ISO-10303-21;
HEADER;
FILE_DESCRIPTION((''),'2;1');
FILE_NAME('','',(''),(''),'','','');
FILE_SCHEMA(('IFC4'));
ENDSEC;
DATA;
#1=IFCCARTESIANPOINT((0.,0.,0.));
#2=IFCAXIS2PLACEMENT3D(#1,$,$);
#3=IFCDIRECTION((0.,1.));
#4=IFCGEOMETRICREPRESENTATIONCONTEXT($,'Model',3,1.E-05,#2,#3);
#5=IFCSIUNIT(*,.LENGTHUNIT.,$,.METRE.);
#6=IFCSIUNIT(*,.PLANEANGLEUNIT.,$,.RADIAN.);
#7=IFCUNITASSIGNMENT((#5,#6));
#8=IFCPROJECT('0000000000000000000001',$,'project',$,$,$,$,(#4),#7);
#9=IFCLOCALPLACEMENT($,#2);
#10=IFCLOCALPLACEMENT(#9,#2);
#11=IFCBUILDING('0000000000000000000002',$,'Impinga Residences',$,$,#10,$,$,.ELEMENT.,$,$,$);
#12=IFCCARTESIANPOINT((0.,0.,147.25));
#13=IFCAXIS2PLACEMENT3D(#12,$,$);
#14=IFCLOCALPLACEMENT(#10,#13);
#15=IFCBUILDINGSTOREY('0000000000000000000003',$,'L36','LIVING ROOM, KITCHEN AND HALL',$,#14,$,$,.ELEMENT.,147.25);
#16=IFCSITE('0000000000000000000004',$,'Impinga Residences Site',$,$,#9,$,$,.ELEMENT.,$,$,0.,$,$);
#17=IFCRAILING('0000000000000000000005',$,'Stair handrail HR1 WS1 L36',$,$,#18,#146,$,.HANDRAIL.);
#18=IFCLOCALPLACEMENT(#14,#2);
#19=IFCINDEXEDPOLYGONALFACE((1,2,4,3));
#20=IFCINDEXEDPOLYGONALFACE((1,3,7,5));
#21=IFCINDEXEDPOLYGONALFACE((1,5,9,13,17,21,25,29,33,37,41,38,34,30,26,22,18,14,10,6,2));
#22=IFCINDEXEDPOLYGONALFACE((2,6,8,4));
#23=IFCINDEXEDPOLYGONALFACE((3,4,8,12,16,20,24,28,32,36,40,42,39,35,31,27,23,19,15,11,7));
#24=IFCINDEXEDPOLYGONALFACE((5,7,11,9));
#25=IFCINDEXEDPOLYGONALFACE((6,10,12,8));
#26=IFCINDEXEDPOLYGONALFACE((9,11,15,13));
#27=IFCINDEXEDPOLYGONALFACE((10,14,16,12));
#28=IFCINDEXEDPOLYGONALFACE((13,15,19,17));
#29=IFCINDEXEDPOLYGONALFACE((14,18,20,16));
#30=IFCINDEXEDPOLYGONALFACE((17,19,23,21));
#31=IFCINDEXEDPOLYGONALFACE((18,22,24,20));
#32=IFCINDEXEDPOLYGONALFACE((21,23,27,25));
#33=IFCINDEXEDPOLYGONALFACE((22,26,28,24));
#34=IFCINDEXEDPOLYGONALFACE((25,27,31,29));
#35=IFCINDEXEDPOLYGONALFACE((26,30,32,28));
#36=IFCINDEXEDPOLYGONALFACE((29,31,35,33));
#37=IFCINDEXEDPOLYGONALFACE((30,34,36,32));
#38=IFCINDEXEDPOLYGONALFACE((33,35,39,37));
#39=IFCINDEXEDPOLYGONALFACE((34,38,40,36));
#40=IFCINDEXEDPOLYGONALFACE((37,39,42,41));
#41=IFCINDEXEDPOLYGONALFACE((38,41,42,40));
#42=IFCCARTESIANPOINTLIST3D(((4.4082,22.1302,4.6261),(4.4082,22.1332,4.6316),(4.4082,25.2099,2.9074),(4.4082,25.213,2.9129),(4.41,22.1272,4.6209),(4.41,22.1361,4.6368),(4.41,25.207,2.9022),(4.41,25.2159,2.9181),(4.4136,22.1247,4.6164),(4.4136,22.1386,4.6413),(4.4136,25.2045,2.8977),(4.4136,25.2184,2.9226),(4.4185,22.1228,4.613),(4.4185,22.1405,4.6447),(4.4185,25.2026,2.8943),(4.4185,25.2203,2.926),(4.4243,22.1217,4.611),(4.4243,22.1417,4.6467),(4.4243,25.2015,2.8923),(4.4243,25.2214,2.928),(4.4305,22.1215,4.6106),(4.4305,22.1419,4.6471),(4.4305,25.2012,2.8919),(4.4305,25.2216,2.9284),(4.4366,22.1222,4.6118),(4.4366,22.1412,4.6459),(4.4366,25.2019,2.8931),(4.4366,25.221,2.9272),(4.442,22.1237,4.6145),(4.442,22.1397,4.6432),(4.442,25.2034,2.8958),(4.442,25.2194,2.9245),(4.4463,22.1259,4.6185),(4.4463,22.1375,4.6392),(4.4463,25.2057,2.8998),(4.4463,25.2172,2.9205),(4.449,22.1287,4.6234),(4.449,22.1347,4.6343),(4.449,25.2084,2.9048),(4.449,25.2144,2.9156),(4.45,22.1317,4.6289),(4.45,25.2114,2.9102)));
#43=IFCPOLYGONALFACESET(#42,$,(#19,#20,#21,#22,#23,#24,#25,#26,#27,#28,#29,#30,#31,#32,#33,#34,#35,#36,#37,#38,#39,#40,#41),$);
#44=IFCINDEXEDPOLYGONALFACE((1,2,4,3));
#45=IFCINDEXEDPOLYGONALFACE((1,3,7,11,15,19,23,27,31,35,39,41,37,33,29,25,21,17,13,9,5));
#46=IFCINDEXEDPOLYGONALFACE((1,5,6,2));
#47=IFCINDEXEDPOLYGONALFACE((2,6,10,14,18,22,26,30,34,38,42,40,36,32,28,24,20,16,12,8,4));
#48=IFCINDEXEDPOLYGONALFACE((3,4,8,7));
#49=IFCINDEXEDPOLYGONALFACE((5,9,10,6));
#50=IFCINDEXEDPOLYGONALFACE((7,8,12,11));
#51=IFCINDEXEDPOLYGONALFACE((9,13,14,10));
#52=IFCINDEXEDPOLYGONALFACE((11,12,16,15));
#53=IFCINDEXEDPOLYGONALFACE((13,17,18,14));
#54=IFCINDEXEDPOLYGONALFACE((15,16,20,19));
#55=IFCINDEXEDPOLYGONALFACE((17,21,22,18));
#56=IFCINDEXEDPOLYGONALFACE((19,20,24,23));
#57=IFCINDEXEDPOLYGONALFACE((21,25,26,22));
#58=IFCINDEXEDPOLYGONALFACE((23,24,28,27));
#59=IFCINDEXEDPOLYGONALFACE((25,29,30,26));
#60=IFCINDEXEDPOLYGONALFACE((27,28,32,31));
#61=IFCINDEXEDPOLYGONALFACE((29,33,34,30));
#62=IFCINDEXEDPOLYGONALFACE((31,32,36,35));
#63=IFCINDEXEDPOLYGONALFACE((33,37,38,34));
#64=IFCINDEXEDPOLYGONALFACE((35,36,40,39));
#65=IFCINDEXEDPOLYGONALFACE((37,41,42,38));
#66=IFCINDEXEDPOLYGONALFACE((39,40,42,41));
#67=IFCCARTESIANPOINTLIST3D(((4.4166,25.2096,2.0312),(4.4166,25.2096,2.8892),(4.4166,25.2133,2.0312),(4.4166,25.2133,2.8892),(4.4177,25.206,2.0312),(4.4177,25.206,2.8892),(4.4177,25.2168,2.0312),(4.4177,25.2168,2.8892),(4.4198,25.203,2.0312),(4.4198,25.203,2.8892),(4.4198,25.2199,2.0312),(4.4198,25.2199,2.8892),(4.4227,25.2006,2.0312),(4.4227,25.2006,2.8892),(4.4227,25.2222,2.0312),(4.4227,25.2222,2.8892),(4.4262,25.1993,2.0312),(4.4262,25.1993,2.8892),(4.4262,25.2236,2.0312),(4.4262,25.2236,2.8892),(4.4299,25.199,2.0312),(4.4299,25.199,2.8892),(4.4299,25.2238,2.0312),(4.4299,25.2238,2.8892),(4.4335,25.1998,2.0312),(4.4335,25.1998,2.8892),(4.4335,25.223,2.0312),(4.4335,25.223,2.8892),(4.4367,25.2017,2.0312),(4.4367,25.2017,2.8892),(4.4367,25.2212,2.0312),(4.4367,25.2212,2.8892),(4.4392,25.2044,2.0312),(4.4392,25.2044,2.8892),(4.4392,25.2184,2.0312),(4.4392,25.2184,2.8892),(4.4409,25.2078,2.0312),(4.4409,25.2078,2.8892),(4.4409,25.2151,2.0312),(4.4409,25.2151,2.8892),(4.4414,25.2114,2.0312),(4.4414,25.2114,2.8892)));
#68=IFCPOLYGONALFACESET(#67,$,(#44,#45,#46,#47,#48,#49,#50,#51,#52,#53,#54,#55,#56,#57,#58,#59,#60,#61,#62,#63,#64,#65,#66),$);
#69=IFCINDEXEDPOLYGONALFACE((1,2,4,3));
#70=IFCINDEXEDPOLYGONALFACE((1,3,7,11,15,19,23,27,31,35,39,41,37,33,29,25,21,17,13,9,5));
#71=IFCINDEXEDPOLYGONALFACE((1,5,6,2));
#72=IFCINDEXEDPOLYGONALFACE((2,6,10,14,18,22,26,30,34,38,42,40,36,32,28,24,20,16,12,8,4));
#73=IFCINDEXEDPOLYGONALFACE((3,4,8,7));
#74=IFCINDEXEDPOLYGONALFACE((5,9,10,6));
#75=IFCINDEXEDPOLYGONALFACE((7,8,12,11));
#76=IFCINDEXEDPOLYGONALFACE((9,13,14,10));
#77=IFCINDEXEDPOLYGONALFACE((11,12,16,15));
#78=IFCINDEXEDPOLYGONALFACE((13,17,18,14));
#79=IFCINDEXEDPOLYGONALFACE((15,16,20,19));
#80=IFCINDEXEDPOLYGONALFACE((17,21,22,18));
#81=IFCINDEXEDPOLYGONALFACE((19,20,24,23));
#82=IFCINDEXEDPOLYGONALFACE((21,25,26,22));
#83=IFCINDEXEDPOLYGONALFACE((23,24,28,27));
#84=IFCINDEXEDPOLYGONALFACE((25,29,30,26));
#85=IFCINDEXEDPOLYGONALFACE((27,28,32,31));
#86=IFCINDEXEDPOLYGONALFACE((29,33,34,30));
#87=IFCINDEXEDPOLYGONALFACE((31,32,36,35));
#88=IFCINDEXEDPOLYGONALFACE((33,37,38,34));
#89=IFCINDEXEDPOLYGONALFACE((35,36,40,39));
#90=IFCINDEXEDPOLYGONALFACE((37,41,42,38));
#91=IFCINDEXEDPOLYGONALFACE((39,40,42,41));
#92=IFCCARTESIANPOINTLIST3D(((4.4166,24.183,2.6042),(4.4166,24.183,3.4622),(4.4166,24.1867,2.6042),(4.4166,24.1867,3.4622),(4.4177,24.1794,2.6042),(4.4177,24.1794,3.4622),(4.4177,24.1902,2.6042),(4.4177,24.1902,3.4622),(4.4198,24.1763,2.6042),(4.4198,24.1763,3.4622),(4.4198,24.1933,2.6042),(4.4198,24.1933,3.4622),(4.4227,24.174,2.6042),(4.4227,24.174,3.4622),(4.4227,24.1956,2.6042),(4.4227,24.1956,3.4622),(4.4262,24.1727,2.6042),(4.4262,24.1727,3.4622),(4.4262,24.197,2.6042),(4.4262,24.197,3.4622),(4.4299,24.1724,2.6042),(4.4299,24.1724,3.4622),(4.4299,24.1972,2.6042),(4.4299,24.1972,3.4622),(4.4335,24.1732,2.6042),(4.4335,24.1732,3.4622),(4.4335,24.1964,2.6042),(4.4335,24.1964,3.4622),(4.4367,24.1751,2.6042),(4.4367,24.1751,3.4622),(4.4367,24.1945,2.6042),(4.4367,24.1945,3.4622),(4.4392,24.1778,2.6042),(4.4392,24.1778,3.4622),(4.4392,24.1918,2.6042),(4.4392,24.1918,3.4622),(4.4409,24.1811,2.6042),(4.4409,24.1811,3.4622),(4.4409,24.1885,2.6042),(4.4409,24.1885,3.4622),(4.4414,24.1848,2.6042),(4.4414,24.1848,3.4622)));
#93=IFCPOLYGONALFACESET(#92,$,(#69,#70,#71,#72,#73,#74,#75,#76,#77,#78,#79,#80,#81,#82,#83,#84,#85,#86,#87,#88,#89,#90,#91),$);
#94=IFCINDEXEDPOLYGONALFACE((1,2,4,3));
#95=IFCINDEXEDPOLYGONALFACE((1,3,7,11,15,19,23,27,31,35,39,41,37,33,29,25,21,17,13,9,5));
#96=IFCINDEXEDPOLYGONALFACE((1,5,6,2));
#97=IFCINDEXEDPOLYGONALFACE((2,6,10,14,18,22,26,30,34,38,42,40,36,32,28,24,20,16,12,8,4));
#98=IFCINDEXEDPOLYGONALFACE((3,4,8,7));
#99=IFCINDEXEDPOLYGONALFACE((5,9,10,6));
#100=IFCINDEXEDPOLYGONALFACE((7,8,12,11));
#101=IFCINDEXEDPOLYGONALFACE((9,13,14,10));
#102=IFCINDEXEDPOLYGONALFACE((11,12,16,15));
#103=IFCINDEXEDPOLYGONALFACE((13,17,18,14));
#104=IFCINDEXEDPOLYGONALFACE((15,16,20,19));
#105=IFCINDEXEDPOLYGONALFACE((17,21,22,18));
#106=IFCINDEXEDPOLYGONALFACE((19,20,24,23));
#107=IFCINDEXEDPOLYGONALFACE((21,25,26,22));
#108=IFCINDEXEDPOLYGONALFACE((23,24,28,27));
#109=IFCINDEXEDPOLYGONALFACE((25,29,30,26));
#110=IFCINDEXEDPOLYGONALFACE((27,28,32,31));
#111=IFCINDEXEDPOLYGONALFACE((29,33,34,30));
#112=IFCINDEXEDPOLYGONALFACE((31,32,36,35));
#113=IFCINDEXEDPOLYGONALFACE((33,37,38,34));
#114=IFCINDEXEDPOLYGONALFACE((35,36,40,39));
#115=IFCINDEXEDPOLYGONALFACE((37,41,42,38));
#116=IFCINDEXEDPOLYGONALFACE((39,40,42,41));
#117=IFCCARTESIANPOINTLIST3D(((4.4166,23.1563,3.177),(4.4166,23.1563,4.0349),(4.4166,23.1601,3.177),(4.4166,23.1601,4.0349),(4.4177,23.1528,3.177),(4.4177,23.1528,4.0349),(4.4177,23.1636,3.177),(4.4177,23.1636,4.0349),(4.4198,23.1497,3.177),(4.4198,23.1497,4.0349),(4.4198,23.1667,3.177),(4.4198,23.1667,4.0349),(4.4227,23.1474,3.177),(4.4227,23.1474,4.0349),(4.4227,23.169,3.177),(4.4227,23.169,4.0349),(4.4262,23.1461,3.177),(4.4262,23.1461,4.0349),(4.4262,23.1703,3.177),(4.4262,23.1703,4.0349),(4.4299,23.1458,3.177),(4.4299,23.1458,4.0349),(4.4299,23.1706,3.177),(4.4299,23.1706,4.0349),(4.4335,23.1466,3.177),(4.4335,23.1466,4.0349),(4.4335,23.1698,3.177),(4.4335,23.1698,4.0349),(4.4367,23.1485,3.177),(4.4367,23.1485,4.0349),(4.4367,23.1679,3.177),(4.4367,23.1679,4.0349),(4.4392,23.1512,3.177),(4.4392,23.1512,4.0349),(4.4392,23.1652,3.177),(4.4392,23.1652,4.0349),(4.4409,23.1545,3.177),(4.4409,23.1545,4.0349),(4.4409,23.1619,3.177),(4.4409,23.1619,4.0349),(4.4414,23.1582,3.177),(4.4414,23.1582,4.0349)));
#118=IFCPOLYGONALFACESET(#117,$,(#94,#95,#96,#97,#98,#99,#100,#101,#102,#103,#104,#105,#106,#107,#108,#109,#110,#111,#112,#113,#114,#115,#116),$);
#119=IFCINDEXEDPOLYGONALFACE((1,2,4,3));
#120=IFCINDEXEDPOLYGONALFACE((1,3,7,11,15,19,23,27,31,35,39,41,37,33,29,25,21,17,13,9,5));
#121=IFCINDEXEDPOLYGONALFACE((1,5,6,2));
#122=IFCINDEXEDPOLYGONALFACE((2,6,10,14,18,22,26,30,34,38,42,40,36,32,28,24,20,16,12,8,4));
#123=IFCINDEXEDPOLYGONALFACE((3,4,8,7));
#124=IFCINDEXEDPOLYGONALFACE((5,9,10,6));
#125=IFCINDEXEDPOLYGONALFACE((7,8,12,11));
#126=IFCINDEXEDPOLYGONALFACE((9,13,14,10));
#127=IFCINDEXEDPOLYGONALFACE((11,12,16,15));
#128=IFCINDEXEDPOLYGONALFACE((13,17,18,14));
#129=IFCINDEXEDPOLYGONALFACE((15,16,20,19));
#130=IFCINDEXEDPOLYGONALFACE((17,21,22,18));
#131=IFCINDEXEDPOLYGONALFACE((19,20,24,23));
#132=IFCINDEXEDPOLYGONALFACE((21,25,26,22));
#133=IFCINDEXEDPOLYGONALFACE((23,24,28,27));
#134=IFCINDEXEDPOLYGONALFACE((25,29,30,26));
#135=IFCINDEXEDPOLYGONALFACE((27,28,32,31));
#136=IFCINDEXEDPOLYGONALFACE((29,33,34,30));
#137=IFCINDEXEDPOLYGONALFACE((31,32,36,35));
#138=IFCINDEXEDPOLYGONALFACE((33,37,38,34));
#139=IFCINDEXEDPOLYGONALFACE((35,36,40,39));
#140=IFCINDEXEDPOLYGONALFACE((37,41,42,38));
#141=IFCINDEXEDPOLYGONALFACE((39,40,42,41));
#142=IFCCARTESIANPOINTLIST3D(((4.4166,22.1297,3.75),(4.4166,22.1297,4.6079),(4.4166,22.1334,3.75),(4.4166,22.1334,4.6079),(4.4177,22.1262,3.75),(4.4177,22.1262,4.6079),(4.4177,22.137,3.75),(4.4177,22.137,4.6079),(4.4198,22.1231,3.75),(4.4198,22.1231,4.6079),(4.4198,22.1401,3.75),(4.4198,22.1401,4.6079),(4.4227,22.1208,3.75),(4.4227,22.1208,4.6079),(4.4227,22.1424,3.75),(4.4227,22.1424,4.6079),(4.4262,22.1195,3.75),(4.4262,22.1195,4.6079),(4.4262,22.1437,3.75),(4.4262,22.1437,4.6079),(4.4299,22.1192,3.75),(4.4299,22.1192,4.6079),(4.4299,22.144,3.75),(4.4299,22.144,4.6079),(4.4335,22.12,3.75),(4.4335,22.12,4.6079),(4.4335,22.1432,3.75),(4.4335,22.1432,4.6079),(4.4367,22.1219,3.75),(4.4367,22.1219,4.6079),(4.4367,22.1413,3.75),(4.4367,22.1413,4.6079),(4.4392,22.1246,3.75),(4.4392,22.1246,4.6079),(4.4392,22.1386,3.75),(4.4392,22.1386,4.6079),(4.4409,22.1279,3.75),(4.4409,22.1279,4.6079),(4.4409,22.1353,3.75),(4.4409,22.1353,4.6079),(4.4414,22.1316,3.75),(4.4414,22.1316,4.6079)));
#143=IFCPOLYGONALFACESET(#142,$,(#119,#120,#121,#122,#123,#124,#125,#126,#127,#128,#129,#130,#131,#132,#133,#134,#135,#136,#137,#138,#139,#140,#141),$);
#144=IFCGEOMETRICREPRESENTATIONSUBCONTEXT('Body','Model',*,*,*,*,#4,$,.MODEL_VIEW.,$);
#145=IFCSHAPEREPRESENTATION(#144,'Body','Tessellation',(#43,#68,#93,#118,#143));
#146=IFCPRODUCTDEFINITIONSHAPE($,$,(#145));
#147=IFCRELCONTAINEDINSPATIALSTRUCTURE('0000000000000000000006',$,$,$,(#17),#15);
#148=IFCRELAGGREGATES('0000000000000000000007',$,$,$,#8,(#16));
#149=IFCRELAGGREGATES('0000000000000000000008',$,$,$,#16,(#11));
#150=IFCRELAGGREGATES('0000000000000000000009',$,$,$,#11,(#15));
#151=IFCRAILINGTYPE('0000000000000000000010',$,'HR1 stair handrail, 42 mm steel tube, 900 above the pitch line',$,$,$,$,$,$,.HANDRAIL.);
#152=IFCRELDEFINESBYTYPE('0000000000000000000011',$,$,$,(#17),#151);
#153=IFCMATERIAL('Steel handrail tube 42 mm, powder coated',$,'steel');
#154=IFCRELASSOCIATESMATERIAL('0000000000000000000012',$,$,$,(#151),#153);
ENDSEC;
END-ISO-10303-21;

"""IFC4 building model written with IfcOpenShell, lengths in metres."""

from ifc_helpers import new_model, si_unit, direction, frame, origin, origin_2d, place, context, subcontext, project, spatial, circle, extrude, material, type_object, element, save


model = new_model("IFC4")

# Units and contexts
model_context = context("Model", 3, precision=1e-05, world=origin(), true_north=direction((0.0, 1.0)))
body_context = subcontext(model_context, "Body", "Model", "MODEL_VIEW")
ifc_project = project(units=[si_unit("LENGTHUNIT", "METRE"), si_unit("PLANEANGLEUNIT", "RADIAN")], contexts=[model_context])

# Site, building, storey
site_placement = place(None, origin())
site = spatial("IfcSite", under=ifc_project, at=site_placement, Name="Impinga Residences Site", CompositionType="ELEMENT", RefElevation=0.0)
building_placement = place(site_placement, origin())
building = spatial("IfcBuilding", under=site, at=building_placement, Name="Impinga Residences", CompositionType="ELEMENT")
storey_placement = place(building_placement, frame((0.0, 0.0, 147.25)))
storey = spatial("IfcBuildingStorey", under=building, at=storey_placement, Name="L36", Description="LIVING ROOM, KITCHEN AND HALL", CompositionType="ELEMENT", Elevation=147.25)

# Railing
ifc_material_1 = material(Name="Steel handrail tube 42 mm, powder coated", Category="steel")
railing_type_1 = type_object("IfcRailingType", Name="HR1 stair handrail, 42 mm steel tube, 900 above the pitch line", PredefinedType="HANDRAIL", material=ifc_material_1)
railing_1_placement = place(storey_placement, frame((4.429, 25.2114, 2.0312)))
element("IfcRailing", 1, at=railing_1_placement, inside=storey, type_object=railing_type_1, Name="Stair handrail HR1 WS1 L36", PredefinedType="HANDRAIL", context=body_context, shape_type="SweptSolid", body=[
    extrude(circle(Radius=0.021, at=origin_2d()), frame((0.0, 0.0, 0.8789), z_axis=(0.0, -0.873225, 0.487317), x_axis=(1.0, 0.0, 0.0)), (0.0, 0.0, 1.0), 3.5269),
    extrude(circle(Radius=0.0125, at=origin_2d()), origin(), (0.0, 0.0, 1.0), 0.8579),
    extrude(circle(Radius=0.0125, at=origin_2d()), frame((0.0, -1.0266, 0.573)), (0.0, 0.0, 1.0), 0.8579),
    extrude(circle(Radius=0.0125, at=origin_2d()), frame((0.0, -2.0532, 1.1458)), (0.0, 0.0, 1.0), 0.8579),
    extrude(circle(Radius=0.0125, at=origin_2d()), frame((0.0, -3.0798, 1.7188)), (0.0, 0.0, 1.0), 0.8579),
])

save(model, "model.ifc")
